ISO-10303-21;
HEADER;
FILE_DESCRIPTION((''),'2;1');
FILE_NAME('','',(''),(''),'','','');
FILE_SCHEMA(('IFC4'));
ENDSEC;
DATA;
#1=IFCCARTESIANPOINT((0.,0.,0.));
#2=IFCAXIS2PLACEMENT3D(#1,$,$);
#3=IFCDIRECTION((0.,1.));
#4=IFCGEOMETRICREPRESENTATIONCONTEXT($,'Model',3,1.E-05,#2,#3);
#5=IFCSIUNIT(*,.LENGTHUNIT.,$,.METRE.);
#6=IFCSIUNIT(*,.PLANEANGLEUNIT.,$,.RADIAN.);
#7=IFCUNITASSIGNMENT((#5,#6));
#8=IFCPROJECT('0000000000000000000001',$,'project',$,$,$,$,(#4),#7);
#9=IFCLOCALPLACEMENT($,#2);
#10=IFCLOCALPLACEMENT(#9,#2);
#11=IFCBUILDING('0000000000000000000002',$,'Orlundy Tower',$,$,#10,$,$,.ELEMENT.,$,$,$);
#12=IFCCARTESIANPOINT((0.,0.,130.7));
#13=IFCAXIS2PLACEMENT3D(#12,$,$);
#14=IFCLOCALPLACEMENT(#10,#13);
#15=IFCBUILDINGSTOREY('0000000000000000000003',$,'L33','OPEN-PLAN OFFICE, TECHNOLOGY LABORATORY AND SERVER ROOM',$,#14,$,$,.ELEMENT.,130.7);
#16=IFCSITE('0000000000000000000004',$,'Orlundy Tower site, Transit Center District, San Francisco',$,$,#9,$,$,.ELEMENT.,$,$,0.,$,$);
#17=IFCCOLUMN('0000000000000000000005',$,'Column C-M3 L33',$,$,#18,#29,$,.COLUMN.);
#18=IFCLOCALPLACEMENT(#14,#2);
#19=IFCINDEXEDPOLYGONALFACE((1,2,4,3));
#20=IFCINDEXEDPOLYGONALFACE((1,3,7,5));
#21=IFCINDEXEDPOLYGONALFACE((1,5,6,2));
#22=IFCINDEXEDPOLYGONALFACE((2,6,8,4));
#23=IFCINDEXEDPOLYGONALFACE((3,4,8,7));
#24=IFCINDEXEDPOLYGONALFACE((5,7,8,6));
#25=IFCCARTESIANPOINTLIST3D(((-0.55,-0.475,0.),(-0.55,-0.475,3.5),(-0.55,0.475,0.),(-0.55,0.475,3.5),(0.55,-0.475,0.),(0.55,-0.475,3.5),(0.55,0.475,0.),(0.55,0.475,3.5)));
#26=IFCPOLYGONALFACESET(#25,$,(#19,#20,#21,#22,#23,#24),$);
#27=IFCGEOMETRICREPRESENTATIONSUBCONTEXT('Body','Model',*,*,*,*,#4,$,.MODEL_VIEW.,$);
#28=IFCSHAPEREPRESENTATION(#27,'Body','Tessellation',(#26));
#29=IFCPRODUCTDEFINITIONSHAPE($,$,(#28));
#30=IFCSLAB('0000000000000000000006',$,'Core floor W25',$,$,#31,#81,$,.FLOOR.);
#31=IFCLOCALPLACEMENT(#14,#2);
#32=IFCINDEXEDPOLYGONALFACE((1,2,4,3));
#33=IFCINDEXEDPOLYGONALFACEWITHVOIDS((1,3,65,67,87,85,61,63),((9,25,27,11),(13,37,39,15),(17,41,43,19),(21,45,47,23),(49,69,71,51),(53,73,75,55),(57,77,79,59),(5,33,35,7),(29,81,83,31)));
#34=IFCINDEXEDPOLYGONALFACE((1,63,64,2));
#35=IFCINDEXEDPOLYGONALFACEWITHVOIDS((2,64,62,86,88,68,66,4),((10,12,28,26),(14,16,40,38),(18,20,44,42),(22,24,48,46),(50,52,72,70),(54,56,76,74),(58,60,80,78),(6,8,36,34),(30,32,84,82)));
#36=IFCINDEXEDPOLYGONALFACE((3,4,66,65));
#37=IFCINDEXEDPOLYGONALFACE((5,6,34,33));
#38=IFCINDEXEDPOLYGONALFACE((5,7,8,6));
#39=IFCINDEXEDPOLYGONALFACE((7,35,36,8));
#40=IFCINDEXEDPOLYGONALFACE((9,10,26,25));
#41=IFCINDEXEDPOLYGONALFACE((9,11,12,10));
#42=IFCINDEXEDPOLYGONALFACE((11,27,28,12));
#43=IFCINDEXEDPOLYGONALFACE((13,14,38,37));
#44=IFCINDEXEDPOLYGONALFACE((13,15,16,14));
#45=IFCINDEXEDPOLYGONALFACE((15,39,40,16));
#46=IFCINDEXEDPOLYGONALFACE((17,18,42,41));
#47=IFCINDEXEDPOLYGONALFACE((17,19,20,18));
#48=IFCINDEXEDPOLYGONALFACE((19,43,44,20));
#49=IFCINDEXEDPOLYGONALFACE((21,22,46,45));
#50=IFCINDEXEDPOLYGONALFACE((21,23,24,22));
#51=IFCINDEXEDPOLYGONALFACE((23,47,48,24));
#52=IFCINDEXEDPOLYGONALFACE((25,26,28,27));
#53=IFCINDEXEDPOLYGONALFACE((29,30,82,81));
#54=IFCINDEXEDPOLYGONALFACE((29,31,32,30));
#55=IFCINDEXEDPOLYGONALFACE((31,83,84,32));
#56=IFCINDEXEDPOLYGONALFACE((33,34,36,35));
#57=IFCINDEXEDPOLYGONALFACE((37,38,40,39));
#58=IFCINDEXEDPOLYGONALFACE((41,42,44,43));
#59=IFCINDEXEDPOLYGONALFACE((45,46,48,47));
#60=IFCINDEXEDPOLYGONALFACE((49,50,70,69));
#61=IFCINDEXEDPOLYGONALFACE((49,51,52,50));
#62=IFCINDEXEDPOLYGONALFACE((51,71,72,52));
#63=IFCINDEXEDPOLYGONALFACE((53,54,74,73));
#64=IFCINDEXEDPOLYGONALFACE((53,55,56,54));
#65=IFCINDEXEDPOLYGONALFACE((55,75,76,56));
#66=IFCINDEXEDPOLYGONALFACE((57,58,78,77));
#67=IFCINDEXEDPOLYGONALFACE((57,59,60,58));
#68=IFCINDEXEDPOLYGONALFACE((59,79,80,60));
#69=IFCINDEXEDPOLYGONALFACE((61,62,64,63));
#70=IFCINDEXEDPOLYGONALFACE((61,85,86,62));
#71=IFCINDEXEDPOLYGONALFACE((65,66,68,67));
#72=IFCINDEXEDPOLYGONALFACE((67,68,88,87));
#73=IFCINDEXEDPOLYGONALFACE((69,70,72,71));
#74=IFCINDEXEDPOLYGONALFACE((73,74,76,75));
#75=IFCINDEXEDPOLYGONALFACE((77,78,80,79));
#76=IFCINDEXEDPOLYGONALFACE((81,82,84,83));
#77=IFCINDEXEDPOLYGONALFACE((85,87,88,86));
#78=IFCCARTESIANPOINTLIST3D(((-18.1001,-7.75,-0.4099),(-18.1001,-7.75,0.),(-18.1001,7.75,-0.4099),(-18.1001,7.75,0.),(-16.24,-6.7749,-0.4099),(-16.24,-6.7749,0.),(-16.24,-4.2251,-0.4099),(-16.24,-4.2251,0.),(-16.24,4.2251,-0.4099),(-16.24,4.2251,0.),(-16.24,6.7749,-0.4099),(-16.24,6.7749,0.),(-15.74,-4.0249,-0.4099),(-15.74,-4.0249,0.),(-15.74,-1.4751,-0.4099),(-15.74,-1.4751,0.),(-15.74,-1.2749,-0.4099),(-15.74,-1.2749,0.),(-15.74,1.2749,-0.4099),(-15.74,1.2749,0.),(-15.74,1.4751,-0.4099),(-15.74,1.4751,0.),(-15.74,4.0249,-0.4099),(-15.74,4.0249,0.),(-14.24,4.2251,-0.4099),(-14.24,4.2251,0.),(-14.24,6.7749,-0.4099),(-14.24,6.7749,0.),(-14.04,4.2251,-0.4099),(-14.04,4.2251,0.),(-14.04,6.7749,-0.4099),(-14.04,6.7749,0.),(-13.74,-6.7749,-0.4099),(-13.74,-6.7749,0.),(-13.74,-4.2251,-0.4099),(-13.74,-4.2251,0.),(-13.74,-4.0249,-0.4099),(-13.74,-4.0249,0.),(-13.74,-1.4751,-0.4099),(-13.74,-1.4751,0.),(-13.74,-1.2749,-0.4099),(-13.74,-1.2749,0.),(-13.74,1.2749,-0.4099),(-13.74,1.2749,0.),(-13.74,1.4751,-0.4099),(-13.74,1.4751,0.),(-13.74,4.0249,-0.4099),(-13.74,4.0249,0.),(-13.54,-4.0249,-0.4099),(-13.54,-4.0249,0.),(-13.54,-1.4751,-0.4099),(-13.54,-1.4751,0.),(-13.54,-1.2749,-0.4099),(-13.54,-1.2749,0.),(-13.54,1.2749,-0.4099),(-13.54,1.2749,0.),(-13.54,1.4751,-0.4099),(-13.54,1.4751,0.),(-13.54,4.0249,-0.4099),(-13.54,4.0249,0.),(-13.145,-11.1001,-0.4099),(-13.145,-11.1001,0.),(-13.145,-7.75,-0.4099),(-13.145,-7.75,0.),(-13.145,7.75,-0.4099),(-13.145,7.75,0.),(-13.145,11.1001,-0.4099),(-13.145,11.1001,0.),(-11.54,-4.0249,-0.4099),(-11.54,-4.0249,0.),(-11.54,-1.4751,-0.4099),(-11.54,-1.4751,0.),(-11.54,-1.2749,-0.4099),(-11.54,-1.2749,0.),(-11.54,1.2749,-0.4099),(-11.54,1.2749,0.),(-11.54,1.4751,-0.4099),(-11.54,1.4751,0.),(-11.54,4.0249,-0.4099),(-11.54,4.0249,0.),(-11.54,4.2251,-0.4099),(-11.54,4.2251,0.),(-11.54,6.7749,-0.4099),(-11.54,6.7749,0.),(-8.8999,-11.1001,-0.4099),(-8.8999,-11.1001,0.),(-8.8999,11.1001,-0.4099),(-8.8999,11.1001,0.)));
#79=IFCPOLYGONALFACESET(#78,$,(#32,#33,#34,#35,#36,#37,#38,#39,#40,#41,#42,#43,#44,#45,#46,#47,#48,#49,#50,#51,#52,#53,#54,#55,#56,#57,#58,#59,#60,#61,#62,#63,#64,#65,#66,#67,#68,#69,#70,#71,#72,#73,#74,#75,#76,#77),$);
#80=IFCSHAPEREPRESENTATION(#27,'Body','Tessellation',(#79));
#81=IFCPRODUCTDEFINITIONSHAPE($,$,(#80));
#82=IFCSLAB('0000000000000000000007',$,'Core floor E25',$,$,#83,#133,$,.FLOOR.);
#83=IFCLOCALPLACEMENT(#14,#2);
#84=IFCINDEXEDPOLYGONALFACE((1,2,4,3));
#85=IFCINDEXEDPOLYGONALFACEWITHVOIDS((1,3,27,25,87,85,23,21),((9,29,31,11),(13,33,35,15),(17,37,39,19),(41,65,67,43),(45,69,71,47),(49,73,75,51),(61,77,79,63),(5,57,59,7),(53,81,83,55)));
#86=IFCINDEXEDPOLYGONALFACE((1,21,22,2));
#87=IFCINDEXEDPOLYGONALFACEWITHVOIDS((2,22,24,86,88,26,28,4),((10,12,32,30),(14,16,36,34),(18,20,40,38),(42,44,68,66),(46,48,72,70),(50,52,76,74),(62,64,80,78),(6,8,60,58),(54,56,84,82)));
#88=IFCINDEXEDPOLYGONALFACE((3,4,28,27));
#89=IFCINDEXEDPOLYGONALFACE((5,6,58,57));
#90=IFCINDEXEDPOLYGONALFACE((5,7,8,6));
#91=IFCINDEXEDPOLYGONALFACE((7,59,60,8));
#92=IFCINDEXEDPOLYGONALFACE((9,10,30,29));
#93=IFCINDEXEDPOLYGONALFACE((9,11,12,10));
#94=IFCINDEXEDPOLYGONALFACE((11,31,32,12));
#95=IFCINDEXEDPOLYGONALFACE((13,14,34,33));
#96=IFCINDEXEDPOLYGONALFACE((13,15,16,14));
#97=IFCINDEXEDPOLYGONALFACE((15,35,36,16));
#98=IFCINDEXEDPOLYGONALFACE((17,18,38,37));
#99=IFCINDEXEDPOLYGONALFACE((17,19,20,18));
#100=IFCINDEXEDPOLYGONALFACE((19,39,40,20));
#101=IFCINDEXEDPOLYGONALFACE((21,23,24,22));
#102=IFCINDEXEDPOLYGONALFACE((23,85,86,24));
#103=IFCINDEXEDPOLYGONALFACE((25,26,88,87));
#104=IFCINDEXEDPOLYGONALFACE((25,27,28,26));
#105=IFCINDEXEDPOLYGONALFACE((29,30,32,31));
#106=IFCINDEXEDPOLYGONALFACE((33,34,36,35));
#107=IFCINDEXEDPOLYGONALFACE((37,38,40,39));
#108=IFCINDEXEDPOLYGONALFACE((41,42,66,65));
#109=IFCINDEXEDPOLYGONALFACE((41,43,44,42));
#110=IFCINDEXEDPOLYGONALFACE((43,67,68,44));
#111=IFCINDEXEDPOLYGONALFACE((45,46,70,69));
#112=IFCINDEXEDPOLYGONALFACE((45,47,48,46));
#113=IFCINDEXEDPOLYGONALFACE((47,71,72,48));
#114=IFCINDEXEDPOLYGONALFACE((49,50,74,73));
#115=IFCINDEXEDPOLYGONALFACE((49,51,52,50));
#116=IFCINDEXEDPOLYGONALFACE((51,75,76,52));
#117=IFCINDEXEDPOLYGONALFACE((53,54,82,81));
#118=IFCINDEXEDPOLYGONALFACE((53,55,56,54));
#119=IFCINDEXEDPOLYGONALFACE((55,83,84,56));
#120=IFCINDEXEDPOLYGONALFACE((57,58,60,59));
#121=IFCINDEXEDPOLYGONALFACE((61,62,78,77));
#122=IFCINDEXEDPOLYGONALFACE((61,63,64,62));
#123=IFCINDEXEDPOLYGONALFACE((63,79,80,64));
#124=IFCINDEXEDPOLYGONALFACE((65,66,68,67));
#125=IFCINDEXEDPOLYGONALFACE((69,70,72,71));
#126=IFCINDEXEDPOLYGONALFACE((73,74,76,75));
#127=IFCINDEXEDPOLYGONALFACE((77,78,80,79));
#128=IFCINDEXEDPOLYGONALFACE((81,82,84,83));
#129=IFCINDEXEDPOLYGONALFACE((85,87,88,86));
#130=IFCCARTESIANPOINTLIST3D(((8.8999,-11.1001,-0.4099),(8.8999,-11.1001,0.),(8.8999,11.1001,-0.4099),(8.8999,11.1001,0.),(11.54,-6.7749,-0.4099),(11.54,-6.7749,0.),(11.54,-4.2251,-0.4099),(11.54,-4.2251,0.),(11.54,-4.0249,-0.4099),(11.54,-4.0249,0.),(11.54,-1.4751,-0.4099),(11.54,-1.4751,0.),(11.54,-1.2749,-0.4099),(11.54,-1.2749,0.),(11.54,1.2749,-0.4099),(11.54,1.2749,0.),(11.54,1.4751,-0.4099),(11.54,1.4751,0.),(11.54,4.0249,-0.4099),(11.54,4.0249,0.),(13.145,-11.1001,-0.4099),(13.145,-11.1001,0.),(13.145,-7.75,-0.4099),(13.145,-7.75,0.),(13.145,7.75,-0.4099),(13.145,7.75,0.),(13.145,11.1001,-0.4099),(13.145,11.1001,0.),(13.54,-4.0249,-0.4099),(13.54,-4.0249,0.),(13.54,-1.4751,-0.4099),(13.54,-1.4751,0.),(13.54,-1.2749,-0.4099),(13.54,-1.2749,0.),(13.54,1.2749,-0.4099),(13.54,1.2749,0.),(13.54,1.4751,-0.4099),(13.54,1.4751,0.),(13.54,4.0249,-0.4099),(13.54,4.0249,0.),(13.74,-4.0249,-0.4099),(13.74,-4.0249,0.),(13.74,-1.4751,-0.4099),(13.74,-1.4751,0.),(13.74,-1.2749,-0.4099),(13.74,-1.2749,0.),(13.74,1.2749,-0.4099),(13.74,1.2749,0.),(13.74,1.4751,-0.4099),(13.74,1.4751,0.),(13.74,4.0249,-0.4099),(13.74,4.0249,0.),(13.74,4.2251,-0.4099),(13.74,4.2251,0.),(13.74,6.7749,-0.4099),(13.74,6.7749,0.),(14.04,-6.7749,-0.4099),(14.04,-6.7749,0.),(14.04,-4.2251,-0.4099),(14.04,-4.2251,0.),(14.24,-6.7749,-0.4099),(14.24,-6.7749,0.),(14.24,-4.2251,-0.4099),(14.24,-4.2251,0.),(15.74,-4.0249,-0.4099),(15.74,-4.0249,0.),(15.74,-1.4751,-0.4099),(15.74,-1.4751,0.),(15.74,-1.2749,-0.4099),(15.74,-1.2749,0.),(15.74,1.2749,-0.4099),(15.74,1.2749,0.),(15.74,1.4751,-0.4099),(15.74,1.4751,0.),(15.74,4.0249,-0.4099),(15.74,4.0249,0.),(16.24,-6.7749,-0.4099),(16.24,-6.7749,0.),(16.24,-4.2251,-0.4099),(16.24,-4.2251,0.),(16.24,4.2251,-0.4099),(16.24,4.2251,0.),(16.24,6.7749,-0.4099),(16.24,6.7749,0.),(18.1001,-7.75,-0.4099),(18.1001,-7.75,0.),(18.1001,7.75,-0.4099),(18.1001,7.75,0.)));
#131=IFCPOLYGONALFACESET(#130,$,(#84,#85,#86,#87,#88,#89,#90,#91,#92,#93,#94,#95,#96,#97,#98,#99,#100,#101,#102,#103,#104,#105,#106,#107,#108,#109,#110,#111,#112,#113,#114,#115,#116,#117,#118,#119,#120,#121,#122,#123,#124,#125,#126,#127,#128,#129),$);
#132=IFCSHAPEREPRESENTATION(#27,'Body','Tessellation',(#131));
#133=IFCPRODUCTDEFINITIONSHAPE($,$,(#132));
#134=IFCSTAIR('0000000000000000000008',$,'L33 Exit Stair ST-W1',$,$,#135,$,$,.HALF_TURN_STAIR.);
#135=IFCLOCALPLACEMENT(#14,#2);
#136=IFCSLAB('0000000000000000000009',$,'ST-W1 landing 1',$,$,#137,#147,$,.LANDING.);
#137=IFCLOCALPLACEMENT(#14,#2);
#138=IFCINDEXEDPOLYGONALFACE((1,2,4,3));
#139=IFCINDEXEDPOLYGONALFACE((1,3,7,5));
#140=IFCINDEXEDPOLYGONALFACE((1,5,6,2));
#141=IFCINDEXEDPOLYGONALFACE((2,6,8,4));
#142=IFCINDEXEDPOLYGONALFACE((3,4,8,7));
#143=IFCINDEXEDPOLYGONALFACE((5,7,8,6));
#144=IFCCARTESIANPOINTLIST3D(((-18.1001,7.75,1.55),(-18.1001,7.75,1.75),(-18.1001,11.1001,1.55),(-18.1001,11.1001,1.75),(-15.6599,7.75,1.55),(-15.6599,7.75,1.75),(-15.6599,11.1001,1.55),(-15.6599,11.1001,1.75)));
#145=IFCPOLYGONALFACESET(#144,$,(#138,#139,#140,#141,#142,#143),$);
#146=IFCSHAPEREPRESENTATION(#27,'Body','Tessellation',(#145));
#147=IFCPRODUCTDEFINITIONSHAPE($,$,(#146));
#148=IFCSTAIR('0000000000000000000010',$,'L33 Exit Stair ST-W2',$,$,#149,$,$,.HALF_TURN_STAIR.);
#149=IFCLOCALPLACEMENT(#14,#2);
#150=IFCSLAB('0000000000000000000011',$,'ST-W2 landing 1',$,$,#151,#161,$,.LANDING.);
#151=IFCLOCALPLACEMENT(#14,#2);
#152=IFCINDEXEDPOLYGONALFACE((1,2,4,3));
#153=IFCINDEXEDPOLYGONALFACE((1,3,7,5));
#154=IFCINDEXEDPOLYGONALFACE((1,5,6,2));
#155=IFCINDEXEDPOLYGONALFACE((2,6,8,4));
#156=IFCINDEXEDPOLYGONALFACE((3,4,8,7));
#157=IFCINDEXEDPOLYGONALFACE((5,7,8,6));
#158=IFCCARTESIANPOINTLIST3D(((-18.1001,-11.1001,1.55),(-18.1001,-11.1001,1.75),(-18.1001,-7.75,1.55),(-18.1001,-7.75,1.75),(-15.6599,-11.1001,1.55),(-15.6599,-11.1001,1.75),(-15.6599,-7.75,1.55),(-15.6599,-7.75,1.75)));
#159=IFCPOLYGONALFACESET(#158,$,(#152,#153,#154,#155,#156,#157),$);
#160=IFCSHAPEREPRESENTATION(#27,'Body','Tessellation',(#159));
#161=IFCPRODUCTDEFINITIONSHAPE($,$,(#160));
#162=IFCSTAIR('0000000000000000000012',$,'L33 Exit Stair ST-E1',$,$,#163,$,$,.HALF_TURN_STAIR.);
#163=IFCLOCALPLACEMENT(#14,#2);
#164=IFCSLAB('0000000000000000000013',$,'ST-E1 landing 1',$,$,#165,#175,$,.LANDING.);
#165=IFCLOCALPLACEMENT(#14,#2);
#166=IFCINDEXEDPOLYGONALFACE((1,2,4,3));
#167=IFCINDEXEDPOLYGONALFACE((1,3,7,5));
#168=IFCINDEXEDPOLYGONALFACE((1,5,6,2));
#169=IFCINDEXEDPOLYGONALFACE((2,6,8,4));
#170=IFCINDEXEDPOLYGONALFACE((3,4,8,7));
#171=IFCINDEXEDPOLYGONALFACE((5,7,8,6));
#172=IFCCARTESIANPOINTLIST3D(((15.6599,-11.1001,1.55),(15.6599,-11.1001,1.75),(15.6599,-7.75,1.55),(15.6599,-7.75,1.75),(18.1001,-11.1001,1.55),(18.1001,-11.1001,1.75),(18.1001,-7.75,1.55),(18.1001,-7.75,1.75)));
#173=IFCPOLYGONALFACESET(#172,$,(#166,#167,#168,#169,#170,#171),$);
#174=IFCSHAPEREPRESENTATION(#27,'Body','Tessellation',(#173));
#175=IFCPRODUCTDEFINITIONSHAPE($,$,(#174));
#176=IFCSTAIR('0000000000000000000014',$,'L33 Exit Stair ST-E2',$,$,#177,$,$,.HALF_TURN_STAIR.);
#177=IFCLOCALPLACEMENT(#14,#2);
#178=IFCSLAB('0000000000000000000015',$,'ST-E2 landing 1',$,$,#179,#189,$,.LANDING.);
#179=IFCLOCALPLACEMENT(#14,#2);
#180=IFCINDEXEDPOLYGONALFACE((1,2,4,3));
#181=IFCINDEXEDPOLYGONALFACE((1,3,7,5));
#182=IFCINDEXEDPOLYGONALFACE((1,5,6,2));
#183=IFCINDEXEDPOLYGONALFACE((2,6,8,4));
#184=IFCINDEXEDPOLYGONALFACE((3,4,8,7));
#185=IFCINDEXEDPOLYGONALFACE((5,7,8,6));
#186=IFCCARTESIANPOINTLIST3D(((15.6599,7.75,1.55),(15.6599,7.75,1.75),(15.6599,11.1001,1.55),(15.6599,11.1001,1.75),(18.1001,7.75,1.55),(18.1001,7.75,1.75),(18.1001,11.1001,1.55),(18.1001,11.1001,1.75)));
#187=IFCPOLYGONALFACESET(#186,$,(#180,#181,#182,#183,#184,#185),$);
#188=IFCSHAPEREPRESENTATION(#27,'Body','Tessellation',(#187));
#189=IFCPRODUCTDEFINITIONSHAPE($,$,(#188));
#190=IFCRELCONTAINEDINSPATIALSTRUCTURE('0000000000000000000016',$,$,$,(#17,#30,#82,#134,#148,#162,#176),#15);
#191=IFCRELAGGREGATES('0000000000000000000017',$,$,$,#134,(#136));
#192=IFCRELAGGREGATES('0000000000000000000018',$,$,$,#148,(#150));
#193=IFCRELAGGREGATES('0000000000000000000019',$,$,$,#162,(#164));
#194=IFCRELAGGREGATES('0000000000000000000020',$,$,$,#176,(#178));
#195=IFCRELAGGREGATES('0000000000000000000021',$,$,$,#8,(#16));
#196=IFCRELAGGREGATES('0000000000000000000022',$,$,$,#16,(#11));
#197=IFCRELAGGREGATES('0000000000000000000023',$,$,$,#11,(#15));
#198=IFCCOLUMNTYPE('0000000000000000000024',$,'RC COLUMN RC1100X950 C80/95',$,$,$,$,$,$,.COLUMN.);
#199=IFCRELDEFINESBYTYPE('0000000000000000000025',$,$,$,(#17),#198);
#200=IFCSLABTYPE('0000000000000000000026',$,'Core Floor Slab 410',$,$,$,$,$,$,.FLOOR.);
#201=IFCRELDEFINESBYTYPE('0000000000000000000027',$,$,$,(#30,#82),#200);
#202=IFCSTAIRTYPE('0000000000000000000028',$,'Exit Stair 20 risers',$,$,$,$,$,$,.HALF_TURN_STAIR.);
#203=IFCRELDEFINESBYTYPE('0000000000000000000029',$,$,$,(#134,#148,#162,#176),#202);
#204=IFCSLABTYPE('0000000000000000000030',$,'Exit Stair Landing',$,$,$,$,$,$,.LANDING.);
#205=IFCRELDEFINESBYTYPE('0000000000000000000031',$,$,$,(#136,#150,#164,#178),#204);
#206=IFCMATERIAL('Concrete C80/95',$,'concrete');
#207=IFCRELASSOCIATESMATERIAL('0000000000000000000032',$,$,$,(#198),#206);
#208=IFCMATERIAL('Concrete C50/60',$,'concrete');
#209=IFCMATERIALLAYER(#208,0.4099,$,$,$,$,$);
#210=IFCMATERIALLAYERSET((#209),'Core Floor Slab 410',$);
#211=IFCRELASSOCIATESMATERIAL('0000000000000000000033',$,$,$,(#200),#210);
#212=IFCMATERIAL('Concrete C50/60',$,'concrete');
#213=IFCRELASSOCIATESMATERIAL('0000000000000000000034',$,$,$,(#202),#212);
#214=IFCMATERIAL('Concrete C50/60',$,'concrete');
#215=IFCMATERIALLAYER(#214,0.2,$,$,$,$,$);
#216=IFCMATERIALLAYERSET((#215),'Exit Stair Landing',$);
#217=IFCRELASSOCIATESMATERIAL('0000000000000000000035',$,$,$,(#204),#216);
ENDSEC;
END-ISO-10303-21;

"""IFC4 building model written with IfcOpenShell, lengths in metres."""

from ifc_helpers import new_model, si_unit, direction, frame, origin, origin_with_axes, origin_2d, place, context, subcontext, project, spatial, polyline, rectangle, outline, extrude, material, layer, layer_set, material_profile, profile_set, type_object, element, aggregate, save


model = new_model("IFC4")

# Units and contexts
model_context = context("Model", 3, precision=1e-05, world=origin(), true_north=direction((0.0, 1.0)))
body_context = subcontext(model_context, "Body", "Model", "MODEL_VIEW")
ifc_project = project(units=[si_unit("LENGTHUNIT", "METRE"), si_unit("PLANEANGLEUNIT", "RADIAN")], contexts=[model_context])

# Site, building, storey
site_placement = place(None, origin())
site = spatial("IfcSite", under=ifc_project, at=site_placement, Name="Orlundy Tower site, Transit Center District, San Francisco", CompositionType="ELEMENT", RefElevation=0.0)
building_placement = place(site_placement, origin())
building = spatial("IfcBuilding", under=site, at=building_placement, Name="Orlundy Tower", CompositionType="ELEMENT")
storey_placement = place(building_placement, frame((0.0, 0.0, 130.7)))
storey = spatial("IfcBuildingStorey", under=building, at=storey_placement, Name="L33", Description="OPEN-PLAN OFFICE, TECHNOLOGY LABORATORY AND SERVER ROOM", CompositionType="ELEMENT", Elevation=130.7)

# Column
ifc_material_1 = material(Name="Concrete C80/95", Category="concrete")
ifc_material_profile = material_profile(ifc_material_1, rectangle(XDim=1.1001, YDim=0.95, at=origin_2d()), Name="RC1100X950")
ifc_profile_set = profile_set([ifc_material_profile], Name="Concrete C80/95")
column_type = type_object("IfcColumnType", Name="RC COLUMN RC1100X950 C80/95", PredefinedType="COLUMN", material=ifc_profile_set)
column_placement = place(storey_placement, origin_with_axes())
element("IfcColumn", 1, at=column_placement, inside=storey, type_object=column_type, Name="Column C-M3 L33", PredefinedType="COLUMN", context=body_context, shape_type="SweptSolid", body=[
    extrude(rectangle(XDim=1.1001, YDim=0.95, at=origin_2d()), origin(), (0.0, 0.0, 1.0), 3.5),
])

# Slabs
ifc_material_2 = material(Name="Concrete C50/60", Category="concrete")
ifc_layer_1 = layer(ifc_material_2, 0.4099)
ifc_layer_set_1 = layer_set([ifc_layer_1], Name="Core Floor Slab 410")
slab_type_1 = type_object("IfcSlabType", Name="Core Floor Slab 410", PredefinedType="FLOOR", material=ifc_layer_set_1)
slab_1_placement = place(storey_placement, frame((0.0, 0.0, -0.4099)))
element("IfcSlab", 2, at=slab_1_placement, inside=storey, type_object=slab_type_1, Name="Core floor W25", PredefinedType="FLOOR", context=body_context, shape_type="SweptSolid", body=[
    extrude(outline(polyline([(-13.145, 7.75), (-13.145, 11.1001), (-8.8999, 11.1001), (-8.8999, -11.1001), (-13.145, -11.1001), (-13.145, -7.75), (-18.1001, -7.75), (-18.1001, 7.75), (-13.145, 7.75)]), holes=[polyline([(-16.24, -6.7749), (-13.74, -6.7749), (-13.74, -4.2251), (-16.24, -4.2251), (-16.24, -6.7749)]), polyline([(-13.54, -1.4751), (-13.54, -4.0249), (-11.54, -4.0249), (-11.54, -1.4751), (-13.54, -1.4751)]), polyline([(-13.74, -1.4751), (-15.74, -1.4751), (-15.74, -4.0249), (-13.74, -4.0249), (-13.74, -1.4751)]), polyline([(-11.54, -1.2749), (-11.54, 1.2749), (-13.54, 1.2749), (-13.54, -1.2749), (-11.54, -1.2749)]), polyline([(-15.74, -1.2749), (-13.74, -1.2749), (-13.74, 1.2749), (-15.74, 1.2749), (-15.74, -1.2749)]), polyline([(-13.54, 4.0249), (-13.54, 1.4751), (-11.54, 1.4751), (-11.54, 4.0249), (-13.54, 4.0249)]), polyline([(-13.74, 4.0249), (-15.74, 4.0249), (-15.74, 1.4751), (-13.74, 1.4751), (-13.74, 4.0249)]), polyline([(-11.54, 4.2251), (-11.54, 6.7749), (-14.04, 6.7749), (-14.04, 4.2251), (-11.54, 4.2251)]), polyline([(-16.24, 4.2251), (-14.24, 4.2251), (-14.24, 6.7749), (-16.24, 6.7749), (-16.24, 4.2251)])]), origin(), (0.0, 0.0, 1.0), 0.4099),
])
slab_2_placement = place(storey_placement, frame((0.0, 0.0, -0.4099)))
element("IfcSlab", 3, at=slab_2_placement, inside=storey, type_object=slab_type_1, Name="Core floor E25", PredefinedType="FLOOR", context=body_context, shape_type="SweptSolid", body=[
    extrude(outline(polyline([(13.145, -7.75), (13.145, -11.1001), (8.8999, -11.1001), (8.8999, 11.1001), (13.145, 11.1001), (13.145, 7.75), (18.1001, 7.75), (18.1001, -7.75), (13.145, -7.75)]), holes=[polyline([(16.24, 6.7749), (13.74, 6.7749), (13.74, 4.2251), (16.24, 4.2251), (16.24, 6.7749)]), polyline([(13.54, 1.4751), (13.54, 4.0249), (11.54, 4.0249), (11.54, 1.4751), (13.54, 1.4751)]), polyline([(13.74, 1.4751), (15.74, 1.4751), (15.74, 4.0249), (13.74, 4.0249), (13.74, 1.4751)]), polyline([(11.54, 1.2749), (11.54, -1.2749), (13.54, -1.2749), (13.54, 1.2749), (11.54, 1.2749)]), polyline([(15.74, 1.2749), (13.74, 1.2749), (13.74, -1.2749), (15.74, -1.2749), (15.74, 1.2749)]), polyline([(13.54, -4.0249), (13.54, -1.4751), (11.54, -1.4751), (11.54, -4.0249), (13.54, -4.0249)]), polyline([(13.74, -4.0249), (15.74, -4.0249), (15.74, -1.4751), (13.74, -1.4751), (13.74, -4.0249)]), polyline([(11.54, -4.2251), (11.54, -6.7749), (14.04, -6.7749), (14.04, -4.2251), (11.54, -4.2251)]), polyline([(16.24, -4.2251), (14.24, -4.2251), (14.24, -6.7749), (16.24, -6.7749), (16.24, -4.2251)])]), origin(), (0.0, 0.0, 1.0), 0.4099),
])

# Stairs, slabs
ifc_material_3 = material(Name="Concrete C50/60", Category="concrete")
stair_type = type_object("IfcStairType", Name="Exit Stair 20 risers", PredefinedType="HALF_TURN_STAIR", material=ifc_material_3)
stair_1_placement = place(storey_placement, origin())
stair_1 = element("IfcStair", 4, at=stair_1_placement, inside=storey, type_object=stair_type, Name="L33 Exit Stair ST-W1", PredefinedType="HALF_TURN_STAIR")
ifc_material_4 = material(Name="Concrete C50/60", Category="concrete")
ifc_layer_2 = layer(ifc_material_4, 0.2)
ifc_layer_set_2 = layer_set([ifc_layer_2], Name="Exit Stair Landing")
slab_type_2 = type_object("IfcSlabType", Name="Exit Stair Landing", PredefinedType="LANDING", material=ifc_layer_set_2)
slab_3_placement = place(storey_placement, frame((0.0, 0.0, 1.55)))
slab_3 = element("IfcSlab", 5, at=slab_3_placement, type_object=slab_type_2, Name="ST-W1 landing 1", PredefinedType="LANDING", context=body_context, shape_type="SweptSolid", body=[
    extrude(outline(polyline([(-15.6599, 11.1001), (-18.1001, 11.1001), (-18.1001, 7.75), (-15.6599, 7.75), (-15.6599, 11.1001)])), origin(), (0.0, 0.0, 1.0), 0.2),
])
aggregate(stair_1, [slab_3])
stair_2_placement = place(storey_placement, origin())
stair_2 = element("IfcStair", 6, at=stair_2_placement, inside=storey, type_object=stair_type, Name="L33 Exit Stair ST-W2", PredefinedType="HALF_TURN_STAIR")
slab_4_placement = place(storey_placement, frame((0.0, 0.0, 1.55)))
slab_4 = element("IfcSlab", 7, at=slab_4_placement, type_object=slab_type_2, Name="ST-W2 landing 1", PredefinedType="LANDING", context=body_context, shape_type="SweptSolid", body=[
    extrude(outline(polyline([(-15.6599, -7.75), (-18.1001, -7.75), (-18.1001, -11.1001), (-15.6599, -11.1001), (-15.6599, -7.75)])), origin(), (0.0, 0.0, 1.0), 0.2),
])
aggregate(stair_2, [slab_4])
stair_3_placement = place(storey_placement, origin())
stair_3 = element("IfcStair", 8, at=stair_3_placement, inside=storey, type_object=stair_type, Name="L33 Exit Stair ST-E1", PredefinedType="HALF_TURN_STAIR")
slab_5_placement = place(storey_placement, frame((0.0, 0.0, 1.55)))
slab_5 = element("IfcSlab", 9, at=slab_5_placement, type_object=slab_type_2, Name="ST-E1 landing 1", PredefinedType="LANDING", context=body_context, shape_type="SweptSolid", body=[
    extrude(outline(polyline([(15.6599, -11.1001), (18.1001, -11.1001), (18.1001, -7.75), (15.6599, -7.75), (15.6599, -11.1001)])), origin(), (0.0, 0.0, 1.0), 0.2),
])
aggregate(stair_3, [slab_5])
stair_4_placement = place(storey_placement, origin())
stair_4 = element("IfcStair", 10, at=stair_4_placement, inside=storey, type_object=stair_type, Name="L33 Exit Stair ST-E2", PredefinedType="HALF_TURN_STAIR")
slab_6_placement = place(storey_placement, frame((0.0, 0.0, 1.55)))
slab_6 = element("IfcSlab", 11, at=slab_6_placement, type_object=slab_type_2, Name="ST-E2 landing 1", PredefinedType="LANDING", context=body_context, shape_type="SweptSolid", body=[
    extrude(outline(polyline([(15.6599, 7.75), (18.1001, 7.75), (18.1001, 11.1001), (15.6599, 11.1001), (15.6599, 7.75)])), origin(), (0.0, 0.0, 1.0), 0.2),
])
aggregate(stair_4, [slab_6])

save(model, "model.ifc")
